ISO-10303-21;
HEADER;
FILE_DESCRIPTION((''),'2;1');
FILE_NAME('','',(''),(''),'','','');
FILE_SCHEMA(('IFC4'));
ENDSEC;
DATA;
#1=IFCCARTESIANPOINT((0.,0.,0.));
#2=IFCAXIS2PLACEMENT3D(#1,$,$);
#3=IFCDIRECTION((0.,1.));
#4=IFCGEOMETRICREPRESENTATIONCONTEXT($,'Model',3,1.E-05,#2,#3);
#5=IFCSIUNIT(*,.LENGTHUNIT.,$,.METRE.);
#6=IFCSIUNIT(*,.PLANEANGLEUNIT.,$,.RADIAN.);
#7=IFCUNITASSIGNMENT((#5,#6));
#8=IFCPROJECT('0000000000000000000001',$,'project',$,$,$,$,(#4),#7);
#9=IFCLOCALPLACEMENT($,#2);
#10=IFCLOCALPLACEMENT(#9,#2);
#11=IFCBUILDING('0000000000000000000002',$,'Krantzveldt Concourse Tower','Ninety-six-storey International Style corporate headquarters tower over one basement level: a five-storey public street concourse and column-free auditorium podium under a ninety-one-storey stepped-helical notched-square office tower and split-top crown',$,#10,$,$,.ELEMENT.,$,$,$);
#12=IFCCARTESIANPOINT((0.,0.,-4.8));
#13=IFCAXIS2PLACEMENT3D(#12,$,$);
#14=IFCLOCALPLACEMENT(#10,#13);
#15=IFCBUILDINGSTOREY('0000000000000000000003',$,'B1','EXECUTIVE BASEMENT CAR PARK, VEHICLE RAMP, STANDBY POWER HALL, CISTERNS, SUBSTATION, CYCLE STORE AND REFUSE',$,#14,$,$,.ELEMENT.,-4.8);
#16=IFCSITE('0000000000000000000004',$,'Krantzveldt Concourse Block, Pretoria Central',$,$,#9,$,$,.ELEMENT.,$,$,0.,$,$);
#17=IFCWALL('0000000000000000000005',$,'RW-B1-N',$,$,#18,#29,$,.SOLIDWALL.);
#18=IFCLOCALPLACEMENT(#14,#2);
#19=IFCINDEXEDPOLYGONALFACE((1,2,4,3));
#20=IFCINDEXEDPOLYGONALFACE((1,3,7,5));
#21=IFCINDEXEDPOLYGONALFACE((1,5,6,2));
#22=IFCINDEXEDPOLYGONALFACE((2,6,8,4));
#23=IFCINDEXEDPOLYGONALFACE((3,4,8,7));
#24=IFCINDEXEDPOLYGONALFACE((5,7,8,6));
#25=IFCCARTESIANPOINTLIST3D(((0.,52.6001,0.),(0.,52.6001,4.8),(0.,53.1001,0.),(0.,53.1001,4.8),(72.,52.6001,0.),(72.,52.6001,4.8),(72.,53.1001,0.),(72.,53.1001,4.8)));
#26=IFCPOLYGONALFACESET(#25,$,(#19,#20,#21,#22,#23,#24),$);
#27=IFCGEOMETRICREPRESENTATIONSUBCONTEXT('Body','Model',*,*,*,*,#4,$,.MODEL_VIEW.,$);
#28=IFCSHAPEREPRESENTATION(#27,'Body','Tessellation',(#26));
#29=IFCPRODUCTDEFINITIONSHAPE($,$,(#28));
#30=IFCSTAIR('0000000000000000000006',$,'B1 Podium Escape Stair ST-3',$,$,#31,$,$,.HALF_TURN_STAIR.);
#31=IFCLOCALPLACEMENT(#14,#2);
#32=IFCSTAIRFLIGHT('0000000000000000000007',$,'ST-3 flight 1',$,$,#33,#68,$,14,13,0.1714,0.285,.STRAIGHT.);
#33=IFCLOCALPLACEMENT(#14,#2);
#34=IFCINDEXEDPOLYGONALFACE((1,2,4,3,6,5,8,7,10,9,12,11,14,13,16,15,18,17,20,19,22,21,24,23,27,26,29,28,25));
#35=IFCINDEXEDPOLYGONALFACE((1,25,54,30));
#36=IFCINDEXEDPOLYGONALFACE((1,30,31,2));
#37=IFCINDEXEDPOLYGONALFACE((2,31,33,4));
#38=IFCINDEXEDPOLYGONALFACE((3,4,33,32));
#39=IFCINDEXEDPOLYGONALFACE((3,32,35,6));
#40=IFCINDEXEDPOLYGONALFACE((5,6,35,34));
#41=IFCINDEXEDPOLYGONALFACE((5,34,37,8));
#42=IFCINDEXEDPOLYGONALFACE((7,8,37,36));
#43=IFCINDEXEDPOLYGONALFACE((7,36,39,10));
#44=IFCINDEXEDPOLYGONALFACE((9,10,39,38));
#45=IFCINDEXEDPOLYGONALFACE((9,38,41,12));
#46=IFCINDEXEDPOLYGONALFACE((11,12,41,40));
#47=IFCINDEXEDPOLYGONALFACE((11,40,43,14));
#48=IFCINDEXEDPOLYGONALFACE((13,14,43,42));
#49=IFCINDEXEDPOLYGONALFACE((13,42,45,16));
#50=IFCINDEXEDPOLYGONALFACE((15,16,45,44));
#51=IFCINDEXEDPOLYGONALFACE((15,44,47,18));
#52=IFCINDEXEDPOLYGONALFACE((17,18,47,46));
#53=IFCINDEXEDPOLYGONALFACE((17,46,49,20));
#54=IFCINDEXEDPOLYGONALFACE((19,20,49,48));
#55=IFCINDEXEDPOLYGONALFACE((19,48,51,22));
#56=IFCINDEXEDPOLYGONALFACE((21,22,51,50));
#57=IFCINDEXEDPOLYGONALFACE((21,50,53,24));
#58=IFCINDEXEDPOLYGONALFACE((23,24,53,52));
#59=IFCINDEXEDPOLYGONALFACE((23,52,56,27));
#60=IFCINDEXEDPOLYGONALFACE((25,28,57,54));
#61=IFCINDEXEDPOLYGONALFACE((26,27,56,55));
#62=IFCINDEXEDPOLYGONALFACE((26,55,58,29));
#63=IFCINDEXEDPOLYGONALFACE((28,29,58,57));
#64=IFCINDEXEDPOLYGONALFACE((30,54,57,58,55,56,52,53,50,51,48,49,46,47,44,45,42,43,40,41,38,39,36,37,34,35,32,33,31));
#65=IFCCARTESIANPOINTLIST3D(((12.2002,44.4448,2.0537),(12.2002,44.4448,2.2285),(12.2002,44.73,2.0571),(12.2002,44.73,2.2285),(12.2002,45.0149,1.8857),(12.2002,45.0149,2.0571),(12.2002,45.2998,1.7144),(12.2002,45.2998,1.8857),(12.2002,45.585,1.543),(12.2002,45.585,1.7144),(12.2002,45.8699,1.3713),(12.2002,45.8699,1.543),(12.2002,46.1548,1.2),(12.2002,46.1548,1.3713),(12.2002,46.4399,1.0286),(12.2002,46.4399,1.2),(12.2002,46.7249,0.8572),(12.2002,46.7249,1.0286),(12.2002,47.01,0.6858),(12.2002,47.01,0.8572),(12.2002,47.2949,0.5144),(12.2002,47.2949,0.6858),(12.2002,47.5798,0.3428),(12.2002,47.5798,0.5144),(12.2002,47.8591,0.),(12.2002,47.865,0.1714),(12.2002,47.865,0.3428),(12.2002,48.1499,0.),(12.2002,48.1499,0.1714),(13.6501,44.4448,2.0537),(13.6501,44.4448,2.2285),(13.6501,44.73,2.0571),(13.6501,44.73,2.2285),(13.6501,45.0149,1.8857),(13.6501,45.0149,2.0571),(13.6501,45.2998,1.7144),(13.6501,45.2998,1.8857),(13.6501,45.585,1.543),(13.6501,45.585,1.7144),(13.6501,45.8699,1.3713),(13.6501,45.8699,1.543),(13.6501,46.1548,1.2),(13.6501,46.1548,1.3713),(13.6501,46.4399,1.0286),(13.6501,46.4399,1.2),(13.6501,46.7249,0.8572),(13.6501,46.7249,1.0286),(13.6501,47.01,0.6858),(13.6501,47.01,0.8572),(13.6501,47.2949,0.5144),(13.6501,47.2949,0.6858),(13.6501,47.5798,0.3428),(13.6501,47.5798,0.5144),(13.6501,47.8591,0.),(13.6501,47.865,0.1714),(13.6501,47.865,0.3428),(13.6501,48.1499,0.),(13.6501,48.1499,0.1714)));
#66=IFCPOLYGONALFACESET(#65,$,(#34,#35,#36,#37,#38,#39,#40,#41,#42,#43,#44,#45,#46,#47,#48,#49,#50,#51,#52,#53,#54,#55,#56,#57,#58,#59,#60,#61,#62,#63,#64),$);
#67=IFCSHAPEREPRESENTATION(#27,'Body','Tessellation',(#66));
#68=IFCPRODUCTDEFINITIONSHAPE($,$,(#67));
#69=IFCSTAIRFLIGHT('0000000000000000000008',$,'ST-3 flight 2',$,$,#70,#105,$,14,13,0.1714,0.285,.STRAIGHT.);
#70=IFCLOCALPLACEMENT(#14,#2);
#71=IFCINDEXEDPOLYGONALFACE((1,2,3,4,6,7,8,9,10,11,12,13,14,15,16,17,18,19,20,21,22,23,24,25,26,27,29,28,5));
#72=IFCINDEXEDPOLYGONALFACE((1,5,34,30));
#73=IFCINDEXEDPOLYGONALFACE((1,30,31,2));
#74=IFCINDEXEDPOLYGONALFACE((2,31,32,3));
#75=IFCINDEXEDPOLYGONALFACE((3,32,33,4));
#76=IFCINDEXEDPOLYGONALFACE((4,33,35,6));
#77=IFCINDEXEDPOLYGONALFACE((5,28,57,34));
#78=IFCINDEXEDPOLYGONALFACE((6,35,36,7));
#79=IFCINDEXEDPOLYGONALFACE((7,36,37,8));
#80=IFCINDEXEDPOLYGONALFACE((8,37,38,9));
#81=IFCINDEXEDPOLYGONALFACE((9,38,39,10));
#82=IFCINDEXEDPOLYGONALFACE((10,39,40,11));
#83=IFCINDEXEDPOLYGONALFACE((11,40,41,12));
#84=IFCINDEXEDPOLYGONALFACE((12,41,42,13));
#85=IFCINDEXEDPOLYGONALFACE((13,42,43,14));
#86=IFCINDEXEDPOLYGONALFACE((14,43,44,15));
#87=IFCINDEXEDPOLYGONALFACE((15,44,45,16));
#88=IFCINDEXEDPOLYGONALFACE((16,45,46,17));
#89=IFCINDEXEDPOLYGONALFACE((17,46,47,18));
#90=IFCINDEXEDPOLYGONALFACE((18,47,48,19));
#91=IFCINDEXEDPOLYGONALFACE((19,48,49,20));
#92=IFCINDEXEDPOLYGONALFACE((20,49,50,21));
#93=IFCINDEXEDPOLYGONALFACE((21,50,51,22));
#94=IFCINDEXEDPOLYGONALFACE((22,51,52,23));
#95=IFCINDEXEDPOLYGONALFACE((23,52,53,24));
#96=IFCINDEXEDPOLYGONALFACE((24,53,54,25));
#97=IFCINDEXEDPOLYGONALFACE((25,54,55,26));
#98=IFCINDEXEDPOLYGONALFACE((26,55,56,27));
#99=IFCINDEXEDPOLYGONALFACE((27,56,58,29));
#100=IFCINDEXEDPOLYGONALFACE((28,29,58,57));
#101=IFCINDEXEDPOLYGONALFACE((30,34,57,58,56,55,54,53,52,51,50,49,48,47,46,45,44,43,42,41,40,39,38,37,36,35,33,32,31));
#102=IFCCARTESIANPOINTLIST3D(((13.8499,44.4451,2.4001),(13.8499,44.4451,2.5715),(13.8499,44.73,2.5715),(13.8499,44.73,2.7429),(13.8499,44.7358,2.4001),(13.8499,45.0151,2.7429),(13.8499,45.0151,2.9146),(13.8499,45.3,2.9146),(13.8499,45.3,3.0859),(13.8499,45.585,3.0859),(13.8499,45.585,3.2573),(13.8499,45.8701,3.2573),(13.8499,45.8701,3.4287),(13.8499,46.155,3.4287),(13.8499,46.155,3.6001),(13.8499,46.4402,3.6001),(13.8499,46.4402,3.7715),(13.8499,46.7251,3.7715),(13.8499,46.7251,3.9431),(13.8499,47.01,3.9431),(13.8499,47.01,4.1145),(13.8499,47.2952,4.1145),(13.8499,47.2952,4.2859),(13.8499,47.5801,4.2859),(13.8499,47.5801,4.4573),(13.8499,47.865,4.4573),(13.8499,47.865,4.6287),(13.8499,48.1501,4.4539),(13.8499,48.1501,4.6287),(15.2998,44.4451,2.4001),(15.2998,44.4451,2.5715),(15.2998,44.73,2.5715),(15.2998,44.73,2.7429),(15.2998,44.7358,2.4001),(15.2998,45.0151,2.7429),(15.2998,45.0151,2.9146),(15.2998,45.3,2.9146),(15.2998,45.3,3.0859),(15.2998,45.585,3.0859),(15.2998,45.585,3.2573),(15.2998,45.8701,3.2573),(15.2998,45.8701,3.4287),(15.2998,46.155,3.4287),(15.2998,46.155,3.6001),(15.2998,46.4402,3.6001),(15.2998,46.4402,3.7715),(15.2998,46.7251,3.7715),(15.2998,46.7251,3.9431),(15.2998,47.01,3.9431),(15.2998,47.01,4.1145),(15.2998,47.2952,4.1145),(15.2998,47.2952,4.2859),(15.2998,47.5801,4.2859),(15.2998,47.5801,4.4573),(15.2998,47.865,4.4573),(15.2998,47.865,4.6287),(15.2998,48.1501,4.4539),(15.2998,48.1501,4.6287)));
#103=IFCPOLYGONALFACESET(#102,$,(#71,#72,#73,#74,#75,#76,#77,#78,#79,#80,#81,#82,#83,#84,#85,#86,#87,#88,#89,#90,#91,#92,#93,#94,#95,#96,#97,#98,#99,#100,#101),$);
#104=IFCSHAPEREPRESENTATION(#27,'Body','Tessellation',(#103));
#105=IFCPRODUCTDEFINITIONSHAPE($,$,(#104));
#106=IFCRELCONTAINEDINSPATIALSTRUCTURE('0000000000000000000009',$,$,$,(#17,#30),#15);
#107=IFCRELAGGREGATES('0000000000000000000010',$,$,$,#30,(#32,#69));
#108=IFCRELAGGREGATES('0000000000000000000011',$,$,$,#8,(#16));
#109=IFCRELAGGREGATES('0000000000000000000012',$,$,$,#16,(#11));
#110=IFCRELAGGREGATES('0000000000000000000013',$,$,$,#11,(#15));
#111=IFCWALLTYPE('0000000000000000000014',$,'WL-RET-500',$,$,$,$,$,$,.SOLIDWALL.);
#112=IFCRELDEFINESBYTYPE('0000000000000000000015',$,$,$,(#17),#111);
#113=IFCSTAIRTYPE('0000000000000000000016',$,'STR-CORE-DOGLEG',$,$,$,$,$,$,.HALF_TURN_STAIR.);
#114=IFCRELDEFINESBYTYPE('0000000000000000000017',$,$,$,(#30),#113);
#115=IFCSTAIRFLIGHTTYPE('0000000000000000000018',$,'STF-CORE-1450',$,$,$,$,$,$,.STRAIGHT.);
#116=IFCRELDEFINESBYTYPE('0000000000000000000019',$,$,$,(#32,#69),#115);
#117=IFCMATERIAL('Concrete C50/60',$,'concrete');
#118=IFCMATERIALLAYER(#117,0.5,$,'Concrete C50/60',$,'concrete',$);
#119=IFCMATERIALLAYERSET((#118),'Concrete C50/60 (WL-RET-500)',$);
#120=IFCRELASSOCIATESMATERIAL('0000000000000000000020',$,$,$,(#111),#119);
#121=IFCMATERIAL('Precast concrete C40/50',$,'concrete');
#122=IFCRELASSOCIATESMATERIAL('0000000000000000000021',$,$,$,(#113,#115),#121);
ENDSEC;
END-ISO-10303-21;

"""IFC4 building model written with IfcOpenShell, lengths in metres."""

from ifc_helpers import new_model, si_unit, direction, frame, frame_2d, origin, place, context, subcontext, project, spatial, polyline, rectangle, outline, extrude, material, layer, layer_set, type_object, element, aggregate, save


model = new_model("IFC4")

# Units and contexts
model_context = context("Model", 3, precision=1e-05, world=origin(), true_north=direction((0.0, 1.0)))
body_context = subcontext(model_context, "Body", "Model", "MODEL_VIEW")
ifc_project = project(units=[si_unit("LENGTHUNIT", "METRE"), si_unit("PLANEANGLEUNIT", "RADIAN")], contexts=[model_context])

# Site, building, storey
site_placement = place(None, origin())
site = spatial("IfcSite", under=ifc_project, at=site_placement, Name="Krantzveldt Concourse Block, Pretoria Central", CompositionType="ELEMENT", RefElevation=0.0)
building_placement = place(site_placement, origin())
building = spatial("IfcBuilding", under=site, at=building_placement, Name="Krantzveldt Concourse Tower", Description="Ninety-six-storey International Style corporate headquarters tower over one basement level: a five-storey public street concourse and column-free auditorium podium under a ninety-one-storey stepped-helical notched-square office tower and split-top crown", CompositionType="ELEMENT")
storey_placement = place(building_placement, frame((0.0, 0.0, -4.8)))
storey = spatial("IfcBuildingStorey", under=building, at=storey_placement, Name="B1", Description="EXECUTIVE BASEMENT CAR PARK, VEHICLE RAMP, STANDBY POWER HALL, CISTERNS, SUBSTATION, CYCLE STORE AND REFUSE", CompositionType="ELEMENT", Elevation=-4.8)

# Shared definitions
ifc_material_1 = material(Name="Concrete C50/60", Category="concrete")

# Wall
ifc_layer_1 = layer(ifc_material_1, 0.5, Name="Concrete C50/60", Category="concrete")
ifc_layer_set_1 = layer_set([ifc_layer_1], Name="Concrete C50/60 (WL-RET-500)")
wall_type = type_object("IfcWallType", Name="WL-RET-500", PredefinedType="SOLIDWALL", material=ifc_layer_set_1)
wall_placement = place(storey_placement, frame((0.0, 52.8501, 0.0), z_axis=(0.0, 0.0, 1.0), x_axis=(1.0, 0.0, 0.0)))
element("IfcWall", 1, at=wall_placement, inside=storey, type_object=wall_type, Name="RW-B1-N", PredefinedType="SOLIDWALL", context=body_context, shape_type="SweptSolid", body=[
    extrude(rectangle(XDim=72.0, YDim=0.5, at=frame_2d((36.0, 0.0))), origin(), (0.0, 0.0, 1.0), 4.8),
])

# Stair, stair flights
ifc_material_2 = material(Name="Precast concrete C40/50", Category="concrete")
stair_type = type_object("IfcStairType", Name="STR-CORE-DOGLEG", PredefinedType="HALF_TURN_STAIR", material=ifc_material_2)
stair_placement = place(storey_placement, origin())
stair = element("IfcStair", 2, at=stair_placement, inside=storey, type_object=stair_type, Name="B1 Podium Escape Stair ST-3", PredefinedType="HALF_TURN_STAIR")
stair_flight_type = type_object("IfcStairFlightType", Name="STF-CORE-1450", PredefinedType="STRAIGHT", material=ifc_material_2)
stair_flight_1_placement = place(storey_placement, frame((12.925, 48.1499, 0.0), z_axis=(0.0, 0.0, 1.0), x_axis=(0.0, -1.0, 0.0)))
stair_flight_1 = element("IfcStairFlight", 3, at=stair_flight_1_placement, type_object=stair_flight_type, Name="ST-3 flight 1", NumberOfRisers=14, NumberOfTreads=13, PredefinedType="STRAIGHT", RiserHeight=0.1714, TreadLength=0.285, context=body_context, shape_type="SweptSolid", body=[
    extrude(outline(polyline([(0.0, 0.0), (0.0, 0.1714), (0.2849, 0.1714), (0.2849, 0.3428), (0.5701, 0.3428), (0.5701, 0.5144), (0.855, 0.5144), (0.855, 0.6858), (1.1399, 0.6858), (1.1399, 0.8572), (1.425, 0.8572), (1.425, 1.0286), (1.71, 1.0286), (1.71, 1.2), (1.9951, 1.2), (1.9951, 1.3713), (2.28, 1.3713), (2.28, 1.543), (2.5649, 1.543), (2.5649, 1.7144), (2.8501, 1.7144), (2.8501, 1.8857), (3.135, 1.8857), (3.135, 2.0571), (3.4199, 2.0571), (3.4199, 2.2285), (3.7051, 2.2285), (3.7051, 2.3999), (3.7051, 2.0537), (0.2908, 0.0), (0.0, 0.0)])), frame((0.0, 0.7251, 0.0), z_axis=(0.0, -1.0, 0.0), x_axis=(1.0, 0.0, 0.0)), (0.0, 0.0, 1.0), 1.45),
])
stair_flight_2_placement = place(storey_placement, frame((14.575, 44.4451, 2.4001), z_axis=(0.0, 0.0, 1.0), x_axis=(0.0, 1.0, 0.0)))
stair_flight_2 = element("IfcStairFlight", 4, at=stair_flight_2_placement, type_object=stair_flight_type, Name="ST-3 flight 2", NumberOfRisers=14, NumberOfTreads=13, PredefinedType="STRAIGHT", RiserHeight=0.1714, TreadLength=0.285, context=body_context, shape_type="SweptSolid", body=[
    extrude(outline(polyline([(0.0, 0.0), (0.0, 0.1714), (0.2849, 0.1714), (0.2849, 0.3428), (0.5701, 0.3428), (0.5701, 0.5144), (0.855, 0.5144), (0.855, 0.6858), (1.1399, 0.6858), (1.1399, 0.8572), (1.425, 0.8572), (1.425, 1.0286), (1.71, 1.0286), (1.71, 1.2), (1.9951, 1.2), (1.9951, 1.3713), (2.28, 1.3713), (2.28, 1.543), (2.5649, 1.543), (2.5649, 1.7144), (2.8501, 1.7144), (2.8501, 1.8857), (3.135, 1.8857), (3.135, 2.0571), (3.4199, 2.0571), (3.4199, 2.2285), (3.7051, 2.2285), (3.7051, 2.3999), (3.7051, 2.0537), (0.2908, 0.0), (0.0, 0.0)])), frame((0.0, 0.7251, 0.0), z_axis=(0.0, -1.0, 0.0), x_axis=(1.0, 0.0, 0.0)), (0.0, 0.0, 1.0), 1.45),
])
aggregate(stair, [stair_flight_1, stair_flight_2])

save(model, "model.ifc")
